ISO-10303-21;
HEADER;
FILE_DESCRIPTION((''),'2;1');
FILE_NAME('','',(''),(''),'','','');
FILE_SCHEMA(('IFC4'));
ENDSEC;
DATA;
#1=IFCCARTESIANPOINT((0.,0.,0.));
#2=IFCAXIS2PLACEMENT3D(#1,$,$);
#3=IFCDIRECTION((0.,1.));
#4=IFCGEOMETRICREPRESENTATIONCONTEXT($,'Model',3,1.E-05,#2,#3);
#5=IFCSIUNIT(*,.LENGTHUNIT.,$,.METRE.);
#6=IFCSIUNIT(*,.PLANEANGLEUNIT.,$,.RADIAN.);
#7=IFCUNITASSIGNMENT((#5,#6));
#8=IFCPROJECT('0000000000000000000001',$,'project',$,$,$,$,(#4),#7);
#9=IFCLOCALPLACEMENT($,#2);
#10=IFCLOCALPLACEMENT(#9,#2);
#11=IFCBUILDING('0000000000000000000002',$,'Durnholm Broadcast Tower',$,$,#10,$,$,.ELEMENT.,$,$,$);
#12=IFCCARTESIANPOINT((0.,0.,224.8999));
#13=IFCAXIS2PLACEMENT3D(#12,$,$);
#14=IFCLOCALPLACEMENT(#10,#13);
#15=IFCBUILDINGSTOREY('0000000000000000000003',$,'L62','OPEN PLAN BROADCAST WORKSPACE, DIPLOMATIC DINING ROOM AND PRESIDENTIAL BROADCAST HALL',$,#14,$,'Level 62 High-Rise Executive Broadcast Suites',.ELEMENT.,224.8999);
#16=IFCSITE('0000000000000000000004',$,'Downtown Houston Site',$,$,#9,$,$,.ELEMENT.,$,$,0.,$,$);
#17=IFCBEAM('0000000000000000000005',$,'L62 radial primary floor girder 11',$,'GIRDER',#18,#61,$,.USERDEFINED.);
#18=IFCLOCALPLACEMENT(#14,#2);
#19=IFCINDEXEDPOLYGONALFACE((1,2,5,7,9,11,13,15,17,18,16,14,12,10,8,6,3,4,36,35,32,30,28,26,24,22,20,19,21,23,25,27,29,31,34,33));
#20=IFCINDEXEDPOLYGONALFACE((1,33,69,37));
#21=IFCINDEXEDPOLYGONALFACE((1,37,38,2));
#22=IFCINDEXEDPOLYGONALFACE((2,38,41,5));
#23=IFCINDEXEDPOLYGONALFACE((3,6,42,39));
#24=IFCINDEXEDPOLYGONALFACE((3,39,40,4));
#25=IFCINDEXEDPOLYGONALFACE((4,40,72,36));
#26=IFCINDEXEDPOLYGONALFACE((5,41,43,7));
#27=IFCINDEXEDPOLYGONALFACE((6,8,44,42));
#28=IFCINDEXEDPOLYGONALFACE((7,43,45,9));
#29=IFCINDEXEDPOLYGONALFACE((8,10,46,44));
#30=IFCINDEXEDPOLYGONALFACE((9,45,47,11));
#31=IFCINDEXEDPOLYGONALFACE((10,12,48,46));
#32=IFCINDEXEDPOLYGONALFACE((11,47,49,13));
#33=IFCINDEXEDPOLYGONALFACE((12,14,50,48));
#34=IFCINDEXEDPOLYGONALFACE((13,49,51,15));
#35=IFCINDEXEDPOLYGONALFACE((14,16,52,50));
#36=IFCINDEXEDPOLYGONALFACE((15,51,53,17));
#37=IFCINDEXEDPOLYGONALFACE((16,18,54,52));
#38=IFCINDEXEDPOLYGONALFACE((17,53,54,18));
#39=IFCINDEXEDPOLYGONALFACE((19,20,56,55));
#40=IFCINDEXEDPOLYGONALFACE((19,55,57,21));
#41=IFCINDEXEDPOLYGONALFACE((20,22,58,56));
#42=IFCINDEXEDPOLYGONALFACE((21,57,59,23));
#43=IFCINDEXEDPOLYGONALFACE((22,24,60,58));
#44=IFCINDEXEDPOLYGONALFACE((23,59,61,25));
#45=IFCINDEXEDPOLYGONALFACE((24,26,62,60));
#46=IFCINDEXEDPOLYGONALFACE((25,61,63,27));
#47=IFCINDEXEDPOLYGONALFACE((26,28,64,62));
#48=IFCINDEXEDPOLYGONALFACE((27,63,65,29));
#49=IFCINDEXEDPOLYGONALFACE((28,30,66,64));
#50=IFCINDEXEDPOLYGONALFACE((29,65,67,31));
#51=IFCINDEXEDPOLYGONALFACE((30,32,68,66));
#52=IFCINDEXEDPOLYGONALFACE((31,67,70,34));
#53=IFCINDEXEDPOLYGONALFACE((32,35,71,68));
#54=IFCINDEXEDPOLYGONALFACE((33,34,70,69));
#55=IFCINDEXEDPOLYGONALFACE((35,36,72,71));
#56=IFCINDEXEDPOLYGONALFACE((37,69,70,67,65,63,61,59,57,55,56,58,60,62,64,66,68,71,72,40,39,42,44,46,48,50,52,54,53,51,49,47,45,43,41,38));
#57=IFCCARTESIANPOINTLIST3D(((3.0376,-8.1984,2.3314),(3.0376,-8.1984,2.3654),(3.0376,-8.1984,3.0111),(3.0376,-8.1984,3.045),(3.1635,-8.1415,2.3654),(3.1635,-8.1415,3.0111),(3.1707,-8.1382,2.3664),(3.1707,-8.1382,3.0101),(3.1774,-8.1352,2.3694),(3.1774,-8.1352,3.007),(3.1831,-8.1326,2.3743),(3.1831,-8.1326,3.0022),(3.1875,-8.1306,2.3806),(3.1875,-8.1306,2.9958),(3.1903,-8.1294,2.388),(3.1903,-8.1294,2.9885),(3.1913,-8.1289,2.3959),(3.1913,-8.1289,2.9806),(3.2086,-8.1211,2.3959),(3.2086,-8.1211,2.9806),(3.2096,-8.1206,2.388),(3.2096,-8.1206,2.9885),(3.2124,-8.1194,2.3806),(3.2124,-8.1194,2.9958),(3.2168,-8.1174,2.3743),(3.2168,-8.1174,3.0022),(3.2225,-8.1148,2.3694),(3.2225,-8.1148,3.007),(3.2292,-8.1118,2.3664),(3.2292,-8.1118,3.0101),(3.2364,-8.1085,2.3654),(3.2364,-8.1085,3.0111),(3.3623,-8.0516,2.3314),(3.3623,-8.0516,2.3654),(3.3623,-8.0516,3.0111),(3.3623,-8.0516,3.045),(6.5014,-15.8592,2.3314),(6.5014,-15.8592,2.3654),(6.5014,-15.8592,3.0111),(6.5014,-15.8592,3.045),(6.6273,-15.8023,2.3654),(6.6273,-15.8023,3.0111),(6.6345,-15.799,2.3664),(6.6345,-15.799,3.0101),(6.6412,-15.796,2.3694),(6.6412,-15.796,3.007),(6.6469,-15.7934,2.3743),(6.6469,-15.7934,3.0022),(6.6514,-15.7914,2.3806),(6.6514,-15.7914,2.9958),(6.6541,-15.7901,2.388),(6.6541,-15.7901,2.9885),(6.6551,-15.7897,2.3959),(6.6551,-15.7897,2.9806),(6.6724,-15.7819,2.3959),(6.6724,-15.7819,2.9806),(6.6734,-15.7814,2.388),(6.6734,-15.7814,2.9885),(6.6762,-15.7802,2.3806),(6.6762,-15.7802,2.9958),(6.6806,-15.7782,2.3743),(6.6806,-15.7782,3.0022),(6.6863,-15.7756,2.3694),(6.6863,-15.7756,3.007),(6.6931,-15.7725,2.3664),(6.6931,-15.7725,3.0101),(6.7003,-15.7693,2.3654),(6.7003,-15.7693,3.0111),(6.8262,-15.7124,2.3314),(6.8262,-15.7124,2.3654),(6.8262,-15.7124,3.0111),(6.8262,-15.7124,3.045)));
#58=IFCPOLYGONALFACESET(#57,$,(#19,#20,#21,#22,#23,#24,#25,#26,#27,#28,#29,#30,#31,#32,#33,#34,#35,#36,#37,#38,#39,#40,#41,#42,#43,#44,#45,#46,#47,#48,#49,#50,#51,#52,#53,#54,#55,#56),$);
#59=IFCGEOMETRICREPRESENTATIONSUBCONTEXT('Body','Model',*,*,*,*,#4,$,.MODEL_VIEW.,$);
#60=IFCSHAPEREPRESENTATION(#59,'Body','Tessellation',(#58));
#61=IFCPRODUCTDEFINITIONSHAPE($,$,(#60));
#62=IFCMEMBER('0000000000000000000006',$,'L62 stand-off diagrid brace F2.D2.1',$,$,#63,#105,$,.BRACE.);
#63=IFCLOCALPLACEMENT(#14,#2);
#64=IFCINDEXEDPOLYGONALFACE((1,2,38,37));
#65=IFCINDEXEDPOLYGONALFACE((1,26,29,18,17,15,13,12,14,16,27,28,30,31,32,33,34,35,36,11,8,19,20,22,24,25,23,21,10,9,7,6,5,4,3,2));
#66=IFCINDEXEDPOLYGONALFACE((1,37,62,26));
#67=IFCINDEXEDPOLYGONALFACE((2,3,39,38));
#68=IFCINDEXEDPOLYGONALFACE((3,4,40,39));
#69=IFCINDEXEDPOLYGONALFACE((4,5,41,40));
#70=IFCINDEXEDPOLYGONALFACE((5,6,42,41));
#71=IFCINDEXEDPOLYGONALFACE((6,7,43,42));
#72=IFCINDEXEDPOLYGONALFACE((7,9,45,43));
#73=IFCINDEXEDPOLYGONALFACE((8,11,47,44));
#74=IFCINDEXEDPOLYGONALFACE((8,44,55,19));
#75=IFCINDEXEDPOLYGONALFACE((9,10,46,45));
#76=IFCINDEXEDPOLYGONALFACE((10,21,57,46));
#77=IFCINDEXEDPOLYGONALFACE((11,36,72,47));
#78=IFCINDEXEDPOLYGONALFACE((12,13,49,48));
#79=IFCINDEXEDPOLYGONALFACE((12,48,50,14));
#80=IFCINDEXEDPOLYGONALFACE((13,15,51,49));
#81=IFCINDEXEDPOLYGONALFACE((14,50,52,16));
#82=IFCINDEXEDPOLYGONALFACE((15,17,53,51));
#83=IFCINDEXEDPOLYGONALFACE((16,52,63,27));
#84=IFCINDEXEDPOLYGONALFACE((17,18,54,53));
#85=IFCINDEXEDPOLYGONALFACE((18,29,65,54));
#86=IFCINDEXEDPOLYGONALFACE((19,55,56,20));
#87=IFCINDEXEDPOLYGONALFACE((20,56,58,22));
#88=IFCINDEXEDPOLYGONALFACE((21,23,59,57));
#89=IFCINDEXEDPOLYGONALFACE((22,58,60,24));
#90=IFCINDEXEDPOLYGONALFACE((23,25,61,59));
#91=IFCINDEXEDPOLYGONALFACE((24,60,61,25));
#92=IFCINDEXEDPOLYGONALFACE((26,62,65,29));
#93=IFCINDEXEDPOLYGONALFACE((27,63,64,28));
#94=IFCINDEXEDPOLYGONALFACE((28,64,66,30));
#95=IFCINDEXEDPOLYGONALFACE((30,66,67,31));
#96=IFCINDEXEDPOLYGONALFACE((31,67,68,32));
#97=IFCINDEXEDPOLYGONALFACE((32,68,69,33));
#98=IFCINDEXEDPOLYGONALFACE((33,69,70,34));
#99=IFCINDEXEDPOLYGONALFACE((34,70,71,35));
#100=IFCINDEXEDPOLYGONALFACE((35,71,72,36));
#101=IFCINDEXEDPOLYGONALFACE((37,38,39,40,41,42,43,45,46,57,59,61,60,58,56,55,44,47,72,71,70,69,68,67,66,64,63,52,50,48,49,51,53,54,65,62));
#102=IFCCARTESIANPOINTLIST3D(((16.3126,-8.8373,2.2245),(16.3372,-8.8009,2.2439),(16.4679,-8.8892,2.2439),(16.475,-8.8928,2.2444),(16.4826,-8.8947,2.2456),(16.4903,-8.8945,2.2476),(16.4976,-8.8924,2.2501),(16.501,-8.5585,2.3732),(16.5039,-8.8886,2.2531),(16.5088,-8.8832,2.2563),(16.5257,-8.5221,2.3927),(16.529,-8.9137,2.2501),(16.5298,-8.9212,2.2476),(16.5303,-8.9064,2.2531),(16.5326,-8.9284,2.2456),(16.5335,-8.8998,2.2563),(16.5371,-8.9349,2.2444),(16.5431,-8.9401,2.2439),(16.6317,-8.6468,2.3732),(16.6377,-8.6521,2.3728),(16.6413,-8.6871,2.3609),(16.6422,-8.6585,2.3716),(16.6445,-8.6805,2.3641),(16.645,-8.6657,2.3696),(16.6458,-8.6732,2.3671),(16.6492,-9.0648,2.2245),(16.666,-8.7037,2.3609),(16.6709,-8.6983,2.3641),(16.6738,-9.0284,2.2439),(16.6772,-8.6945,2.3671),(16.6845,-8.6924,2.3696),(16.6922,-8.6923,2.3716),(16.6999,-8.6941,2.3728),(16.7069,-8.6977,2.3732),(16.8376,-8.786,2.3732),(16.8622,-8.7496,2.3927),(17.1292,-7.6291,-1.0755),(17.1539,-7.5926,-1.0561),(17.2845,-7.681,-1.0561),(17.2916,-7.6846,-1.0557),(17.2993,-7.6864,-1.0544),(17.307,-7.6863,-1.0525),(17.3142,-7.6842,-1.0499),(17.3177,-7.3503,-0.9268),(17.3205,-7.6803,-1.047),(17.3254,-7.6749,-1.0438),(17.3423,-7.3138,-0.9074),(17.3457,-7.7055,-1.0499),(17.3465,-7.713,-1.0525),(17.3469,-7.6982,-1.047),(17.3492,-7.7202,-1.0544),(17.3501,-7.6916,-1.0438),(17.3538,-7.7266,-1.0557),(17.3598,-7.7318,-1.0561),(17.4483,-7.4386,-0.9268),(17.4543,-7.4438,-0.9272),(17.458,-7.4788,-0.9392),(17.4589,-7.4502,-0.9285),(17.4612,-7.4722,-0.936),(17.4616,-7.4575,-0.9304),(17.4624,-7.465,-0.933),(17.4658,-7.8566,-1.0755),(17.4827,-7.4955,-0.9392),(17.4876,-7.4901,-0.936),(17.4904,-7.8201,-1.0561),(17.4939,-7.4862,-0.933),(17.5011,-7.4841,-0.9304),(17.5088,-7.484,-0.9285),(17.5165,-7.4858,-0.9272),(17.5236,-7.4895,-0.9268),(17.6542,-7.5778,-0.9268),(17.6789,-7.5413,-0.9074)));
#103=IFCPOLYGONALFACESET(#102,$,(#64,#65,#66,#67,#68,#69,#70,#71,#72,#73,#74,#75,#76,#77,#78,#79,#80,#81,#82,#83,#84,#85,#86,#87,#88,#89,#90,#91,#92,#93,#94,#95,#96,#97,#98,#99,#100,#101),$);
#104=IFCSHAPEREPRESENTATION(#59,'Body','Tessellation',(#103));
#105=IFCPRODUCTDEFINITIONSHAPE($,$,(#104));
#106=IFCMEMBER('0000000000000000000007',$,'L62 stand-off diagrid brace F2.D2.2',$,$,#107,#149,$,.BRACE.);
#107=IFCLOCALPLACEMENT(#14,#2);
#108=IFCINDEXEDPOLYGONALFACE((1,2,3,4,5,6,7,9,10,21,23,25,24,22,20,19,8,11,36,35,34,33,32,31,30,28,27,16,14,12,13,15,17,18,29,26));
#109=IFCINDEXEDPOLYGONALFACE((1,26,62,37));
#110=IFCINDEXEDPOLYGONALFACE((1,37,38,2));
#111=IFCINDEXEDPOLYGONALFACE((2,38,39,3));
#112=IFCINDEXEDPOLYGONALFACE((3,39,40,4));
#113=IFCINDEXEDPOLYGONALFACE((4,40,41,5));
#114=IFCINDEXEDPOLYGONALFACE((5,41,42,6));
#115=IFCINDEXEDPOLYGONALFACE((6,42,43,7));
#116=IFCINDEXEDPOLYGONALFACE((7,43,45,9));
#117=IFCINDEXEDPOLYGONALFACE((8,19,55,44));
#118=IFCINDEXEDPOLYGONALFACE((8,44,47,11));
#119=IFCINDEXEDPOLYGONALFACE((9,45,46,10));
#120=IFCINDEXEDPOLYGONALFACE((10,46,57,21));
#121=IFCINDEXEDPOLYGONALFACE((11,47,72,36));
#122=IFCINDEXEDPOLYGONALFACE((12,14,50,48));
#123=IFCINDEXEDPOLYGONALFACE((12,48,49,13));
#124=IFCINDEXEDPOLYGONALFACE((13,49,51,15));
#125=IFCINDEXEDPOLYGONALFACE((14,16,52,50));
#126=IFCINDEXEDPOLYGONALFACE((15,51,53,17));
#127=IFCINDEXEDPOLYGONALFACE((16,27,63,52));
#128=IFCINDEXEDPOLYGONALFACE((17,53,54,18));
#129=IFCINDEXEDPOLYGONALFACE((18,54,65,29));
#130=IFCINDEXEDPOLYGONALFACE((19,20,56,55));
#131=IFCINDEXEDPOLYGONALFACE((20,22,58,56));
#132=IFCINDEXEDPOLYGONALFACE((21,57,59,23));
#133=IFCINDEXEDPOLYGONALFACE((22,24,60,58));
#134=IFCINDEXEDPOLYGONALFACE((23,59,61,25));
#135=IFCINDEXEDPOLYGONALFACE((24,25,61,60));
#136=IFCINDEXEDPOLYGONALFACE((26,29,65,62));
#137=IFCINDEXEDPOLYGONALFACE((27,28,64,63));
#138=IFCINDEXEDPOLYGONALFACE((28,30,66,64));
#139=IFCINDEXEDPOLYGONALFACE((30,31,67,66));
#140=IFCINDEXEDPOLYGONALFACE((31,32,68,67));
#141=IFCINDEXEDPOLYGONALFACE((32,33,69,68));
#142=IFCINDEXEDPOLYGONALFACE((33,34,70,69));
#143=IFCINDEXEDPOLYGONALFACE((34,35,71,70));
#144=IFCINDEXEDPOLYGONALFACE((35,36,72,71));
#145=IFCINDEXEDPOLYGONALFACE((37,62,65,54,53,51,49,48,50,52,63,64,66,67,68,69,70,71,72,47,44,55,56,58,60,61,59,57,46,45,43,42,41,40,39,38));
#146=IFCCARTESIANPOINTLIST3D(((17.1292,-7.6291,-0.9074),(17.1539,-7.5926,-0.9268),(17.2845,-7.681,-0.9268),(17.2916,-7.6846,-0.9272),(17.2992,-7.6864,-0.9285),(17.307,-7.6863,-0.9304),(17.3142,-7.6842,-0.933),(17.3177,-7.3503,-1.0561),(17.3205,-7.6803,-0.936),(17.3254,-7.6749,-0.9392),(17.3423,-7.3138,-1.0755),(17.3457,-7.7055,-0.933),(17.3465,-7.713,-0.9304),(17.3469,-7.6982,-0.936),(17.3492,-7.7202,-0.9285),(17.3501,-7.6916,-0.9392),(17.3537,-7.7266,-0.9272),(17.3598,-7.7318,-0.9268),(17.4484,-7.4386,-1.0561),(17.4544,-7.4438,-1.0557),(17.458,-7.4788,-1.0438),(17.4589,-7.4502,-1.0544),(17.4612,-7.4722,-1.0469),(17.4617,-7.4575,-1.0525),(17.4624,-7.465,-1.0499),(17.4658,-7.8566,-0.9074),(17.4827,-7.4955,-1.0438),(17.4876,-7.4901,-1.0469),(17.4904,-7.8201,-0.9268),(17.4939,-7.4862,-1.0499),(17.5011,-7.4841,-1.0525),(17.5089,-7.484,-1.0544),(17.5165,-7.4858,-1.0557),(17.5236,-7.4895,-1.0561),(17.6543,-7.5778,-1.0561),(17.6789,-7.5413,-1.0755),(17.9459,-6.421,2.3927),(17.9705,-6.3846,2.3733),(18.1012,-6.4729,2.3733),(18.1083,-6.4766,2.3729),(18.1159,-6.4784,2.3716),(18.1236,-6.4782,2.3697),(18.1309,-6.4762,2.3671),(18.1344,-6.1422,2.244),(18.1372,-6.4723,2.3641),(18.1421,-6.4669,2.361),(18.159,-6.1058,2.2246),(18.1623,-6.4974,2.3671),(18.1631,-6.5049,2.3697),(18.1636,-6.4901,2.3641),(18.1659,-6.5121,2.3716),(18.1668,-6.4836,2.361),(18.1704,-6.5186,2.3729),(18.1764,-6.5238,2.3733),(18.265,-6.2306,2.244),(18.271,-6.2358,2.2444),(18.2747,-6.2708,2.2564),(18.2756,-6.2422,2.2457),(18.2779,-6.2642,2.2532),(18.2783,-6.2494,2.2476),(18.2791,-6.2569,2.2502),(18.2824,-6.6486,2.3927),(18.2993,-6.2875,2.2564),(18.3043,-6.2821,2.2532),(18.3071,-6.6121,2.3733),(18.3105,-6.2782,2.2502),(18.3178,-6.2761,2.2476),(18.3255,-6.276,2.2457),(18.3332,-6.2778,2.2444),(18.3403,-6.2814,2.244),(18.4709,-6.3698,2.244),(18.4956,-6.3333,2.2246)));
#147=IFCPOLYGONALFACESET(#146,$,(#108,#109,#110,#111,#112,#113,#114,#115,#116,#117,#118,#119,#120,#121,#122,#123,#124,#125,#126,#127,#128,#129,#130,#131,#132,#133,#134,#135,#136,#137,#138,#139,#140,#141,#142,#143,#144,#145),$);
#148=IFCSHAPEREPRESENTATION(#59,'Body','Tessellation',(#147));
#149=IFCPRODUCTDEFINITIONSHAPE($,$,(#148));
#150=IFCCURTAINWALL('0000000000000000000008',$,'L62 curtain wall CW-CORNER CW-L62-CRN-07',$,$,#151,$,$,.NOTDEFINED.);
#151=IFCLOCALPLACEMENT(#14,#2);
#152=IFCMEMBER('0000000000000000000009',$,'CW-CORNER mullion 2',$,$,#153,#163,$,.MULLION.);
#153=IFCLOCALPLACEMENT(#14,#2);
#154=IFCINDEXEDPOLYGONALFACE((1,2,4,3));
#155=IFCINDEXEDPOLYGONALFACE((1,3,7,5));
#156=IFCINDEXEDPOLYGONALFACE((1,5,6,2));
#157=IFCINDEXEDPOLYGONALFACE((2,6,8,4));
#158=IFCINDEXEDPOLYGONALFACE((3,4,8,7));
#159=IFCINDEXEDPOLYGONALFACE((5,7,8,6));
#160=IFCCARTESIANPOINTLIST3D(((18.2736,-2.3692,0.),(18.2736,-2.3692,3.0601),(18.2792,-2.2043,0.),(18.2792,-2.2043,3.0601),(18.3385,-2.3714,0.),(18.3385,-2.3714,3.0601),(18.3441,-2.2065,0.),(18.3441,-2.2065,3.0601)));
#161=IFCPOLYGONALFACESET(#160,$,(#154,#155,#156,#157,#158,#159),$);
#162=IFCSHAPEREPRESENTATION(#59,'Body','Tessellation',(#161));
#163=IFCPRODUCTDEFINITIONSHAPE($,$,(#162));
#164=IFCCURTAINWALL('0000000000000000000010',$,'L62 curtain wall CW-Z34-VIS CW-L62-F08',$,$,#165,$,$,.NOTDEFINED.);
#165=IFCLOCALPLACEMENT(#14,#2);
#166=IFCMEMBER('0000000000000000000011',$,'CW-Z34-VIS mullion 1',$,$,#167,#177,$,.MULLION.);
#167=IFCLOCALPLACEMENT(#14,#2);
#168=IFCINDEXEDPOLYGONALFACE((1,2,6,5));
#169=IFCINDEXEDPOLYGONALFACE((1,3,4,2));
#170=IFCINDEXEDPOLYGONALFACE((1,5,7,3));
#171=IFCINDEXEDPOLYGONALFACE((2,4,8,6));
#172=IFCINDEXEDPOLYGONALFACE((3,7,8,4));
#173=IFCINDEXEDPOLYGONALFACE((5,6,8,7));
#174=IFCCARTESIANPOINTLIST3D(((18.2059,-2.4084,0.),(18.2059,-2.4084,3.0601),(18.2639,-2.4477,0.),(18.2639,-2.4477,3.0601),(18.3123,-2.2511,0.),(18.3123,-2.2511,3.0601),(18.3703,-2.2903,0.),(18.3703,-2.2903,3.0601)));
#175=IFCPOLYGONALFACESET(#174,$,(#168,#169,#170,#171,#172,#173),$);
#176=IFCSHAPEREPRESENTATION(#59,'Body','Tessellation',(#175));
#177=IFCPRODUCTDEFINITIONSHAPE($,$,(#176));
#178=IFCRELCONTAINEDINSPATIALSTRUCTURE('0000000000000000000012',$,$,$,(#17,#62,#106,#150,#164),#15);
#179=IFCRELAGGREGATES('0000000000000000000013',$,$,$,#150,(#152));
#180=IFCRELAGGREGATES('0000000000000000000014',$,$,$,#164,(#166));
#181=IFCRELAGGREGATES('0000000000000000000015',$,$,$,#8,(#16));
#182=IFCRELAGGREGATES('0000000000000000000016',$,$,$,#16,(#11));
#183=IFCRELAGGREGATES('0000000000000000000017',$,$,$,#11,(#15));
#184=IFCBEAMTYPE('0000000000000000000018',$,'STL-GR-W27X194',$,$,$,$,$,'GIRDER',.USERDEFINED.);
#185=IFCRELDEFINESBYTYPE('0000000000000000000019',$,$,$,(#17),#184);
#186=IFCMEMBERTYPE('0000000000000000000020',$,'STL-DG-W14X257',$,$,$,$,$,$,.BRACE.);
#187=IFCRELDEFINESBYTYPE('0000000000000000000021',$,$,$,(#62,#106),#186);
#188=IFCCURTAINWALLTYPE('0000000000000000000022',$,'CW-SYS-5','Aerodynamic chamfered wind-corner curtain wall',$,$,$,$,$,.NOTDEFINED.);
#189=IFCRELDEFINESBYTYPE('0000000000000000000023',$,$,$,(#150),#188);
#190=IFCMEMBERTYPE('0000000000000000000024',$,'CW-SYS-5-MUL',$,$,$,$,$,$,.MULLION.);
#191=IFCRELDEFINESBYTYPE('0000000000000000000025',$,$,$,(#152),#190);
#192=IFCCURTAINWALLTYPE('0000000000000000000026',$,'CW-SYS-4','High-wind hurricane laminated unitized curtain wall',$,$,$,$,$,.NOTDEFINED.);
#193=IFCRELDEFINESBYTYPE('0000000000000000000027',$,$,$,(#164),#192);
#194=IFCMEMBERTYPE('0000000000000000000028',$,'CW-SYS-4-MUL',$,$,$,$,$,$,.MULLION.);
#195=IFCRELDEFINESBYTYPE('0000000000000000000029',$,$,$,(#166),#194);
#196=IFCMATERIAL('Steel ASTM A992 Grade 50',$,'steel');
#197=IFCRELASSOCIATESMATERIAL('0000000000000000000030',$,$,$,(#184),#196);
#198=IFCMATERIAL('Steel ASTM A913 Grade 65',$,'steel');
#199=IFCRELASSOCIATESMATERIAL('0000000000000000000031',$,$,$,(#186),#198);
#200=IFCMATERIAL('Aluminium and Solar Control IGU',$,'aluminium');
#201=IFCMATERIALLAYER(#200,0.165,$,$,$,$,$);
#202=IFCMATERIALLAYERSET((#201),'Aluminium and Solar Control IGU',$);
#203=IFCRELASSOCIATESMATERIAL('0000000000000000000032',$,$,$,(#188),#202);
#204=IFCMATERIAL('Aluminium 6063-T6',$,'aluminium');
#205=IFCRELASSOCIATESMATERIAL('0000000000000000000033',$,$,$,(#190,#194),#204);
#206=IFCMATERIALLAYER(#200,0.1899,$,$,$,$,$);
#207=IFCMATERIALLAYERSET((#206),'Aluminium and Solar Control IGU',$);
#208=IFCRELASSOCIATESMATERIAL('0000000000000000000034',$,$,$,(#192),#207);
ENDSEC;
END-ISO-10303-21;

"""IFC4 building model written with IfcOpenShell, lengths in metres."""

from ifc_helpers import new_model, si_unit, direction, frame, origin, origin_2d, place, context, subcontext, project, spatial, rectangle, i_section, extrude, source, transform, mapped, material, layer, layer_set, material_profile, profile_set, type_object, type_shapes, element, aggregate, save


model = new_model("IFC4")

# Units and contexts
model_context = context("Model", 3, precision=1e-05, world=origin(), true_north=direction((0.0, 1.0)))
body_context = subcontext(model_context, "Body", "Model", "MODEL_VIEW")
ifc_project = project(units=[si_unit("LENGTHUNIT", "METRE"), si_unit("PLANEANGLEUNIT", "RADIAN")], contexts=[model_context])

# Site, building, storey
site_placement = place(None, origin())
site = spatial("IfcSite", under=ifc_project, at=site_placement, Name="Downtown Houston Site", CompositionType="ELEMENT", RefElevation=0.0)
building_placement = place(site_placement, origin())
building = spatial("IfcBuilding", under=site, at=building_placement, Name="Durnholm Broadcast Tower", CompositionType="ELEMENT")
storey_placement = place(building_placement, frame((0.0, 0.0, 224.8999)))
storey = spatial("IfcBuildingStorey", under=building, at=storey_placement, Name="L62", Description="OPEN PLAN BROADCAST WORKSPACE, DIPLOMATIC DINING ROOM AND PRESIDENTIAL BROADCAST HALL", LongName="Level 62 High-Rise Executive Broadcast Suites", CompositionType="ELEMENT", Elevation=224.8999)

# Beam
ifc_material_1 = material(Name="Steel ASTM A992 Grade 50", Category="steel")
ifc_material_profile_1 = material_profile(ifc_material_1, i_section(OverallWidth=0.3564, OverallDepth=0.7136, WebThickness=0.019, FlangeThickness=0.0339, FilletRadius=0.0305, at=origin_2d()), Name="W27X194")
ifc_profile_set_1 = profile_set([ifc_material_profile_1], Name="Steel ASTM A992 Grade 50")
beam_type_1 = type_object("IfcBeamType", Name="STL-GR-W27X194", ElementType="GIRDER", PredefinedType="USERDEFINED", material=ifc_profile_set_1)
shared_shape_1 = source(origin(), body_context, "Body", "SweptSolid", [
    extrude(i_section(OverallWidth=0.3564, OverallDepth=0.7136, WebThickness=0.019, FlangeThickness=0.0339, FilletRadius=0.0305, at=origin_2d()), origin(), (0.0, 0.0, 1.0), 8.4075),
])
beam_1_placement = place(storey_placement, frame((3.2, -8.125, 2.6882), z_axis=(0.411993, -0.911187, 0.0), x_axis=(0.911187, 0.411993, 0.0)))
element("IfcBeam", 1, at=beam_1_placement, inside=storey, type_object=beam_type_1, Name="L62 radial primary floor girder 11", ObjectType="GIRDER", PredefinedType="USERDEFINED", context=body_context, shape_type="MappedRepresentation", body=[
    mapped(shared_shape_1, transform((0.0, 0.0, 0.0), x_axis=(1.0, 0.0, 0.0), y_axis=(0.0, 1.0, 0.0), z_axis=(0.0, 0.0, 1.0), scale=1.0)),
])

# Members
ifc_material_2 = material(Name="Steel ASTM A913 Grade 65", Category="steel")
ifc_material_profile_2 = material_profile(ifc_material_2, i_section(OverallWidth=0.4062, OverallDepth=0.416, WebThickness=0.0298, FlangeThickness=0.0481, FilletRadius=0.0305, at=origin_2d()), Name="W14X257")
ifc_profile_set_2 = profile_set([ifc_material_profile_2], Name="Steel ASTM A913 Grade 65")
member_type_1 = type_object("IfcMemberType", Name="STL-DG-W14X257", PredefinedType="BRACE", material=ifc_profile_set_2)
shared_shape_2 = source(origin(), body_context, "Body", "SweptSolid", [
    extrude(i_section(OverallWidth=0.4062, OverallDepth=0.416, WebThickness=0.0298, FlangeThickness=0.0481, FilletRadius=0.0305, at=origin_2d()), origin(), (0.0, 0.0, 1.0), 3.6079),
])
type_shapes(member_type_1, [shared_shape_2])
for number, where, z_axis, x_axis, name in (
    (2, (17.4041, -7.5852, -0.9915), (-0.226349, -0.334888, 0.914667), (0.828505, -0.559982, 0.0), "L62 stand-off diagrid brace F2.D2.1"),
    (3, (17.4041, -7.5852, -0.9915), (0.226354, 0.334828, 0.914688), (-0.828452, 0.560059, 0.0), "L62 stand-off diagrid brace F2.D2.2"),
):
    element("IfcMember", number, at=place(storey_placement, frame(where, z_axis=z_axis, x_axis=x_axis)), inside=storey, type_object=member_type_1, Name=name, PredefinedType="BRACE", context=body_context, shape_type="MappedRepresentation", body=[
        mapped(shared_shape_2, transform((0.0, 0.0, 0.0), x_axis=(1.0, 0.0, 0.0), y_axis=(0.0, 1.0, 0.0), z_axis=(0.0, 0.0, 1.0), scale=1.0)),
    ])

# Curtain wall, member
ifc_material_3 = material(Name="Aluminium and Solar Control IGU", Category="aluminium")
ifc_layer_1 = layer(ifc_material_3, 0.165)
ifc_layer_set_1 = layer_set([ifc_layer_1], Name="Aluminium and Solar Control IGU")
curtain_wall_type_1 = type_object("IfcCurtainWallType", Name="CW-SYS-5", Description="Aerodynamic chamfered wind-corner curtain wall", PredefinedType="NOTDEFINED", material=ifc_layer_set_1)
curtain_wall_1_placement = place(storey_placement, origin())
curtain_wall_1 = element("IfcCurtainWall", 4, at=curtain_wall_1_placement, inside=storey, type_object=curtain_wall_type_1, Name="L62 curtain wall CW-CORNER CW-L62-CRN-07", PredefinedType="NOTDEFINED")
ifc_material_4 = material(Name="Aluminium 6063-T6", Category="aluminium")
ifc_material_profile_3 = material_profile(ifc_material_4, rectangle(XDim=0.0649, YDim=0.165, at=origin_2d()), Name="CWM65X165")
ifc_profile_set_3 = profile_set([ifc_material_profile_3], Name="Aluminium 6063-T6")
member_type_2 = type_object("IfcMemberType", Name="CW-SYS-5-MUL", PredefinedType="MULLION", material=ifc_profile_set_3)
shared_shape_3 = source(origin(), body_context, "Body", "SweptSolid", [
    extrude(rectangle(XDim=0.0649, YDim=0.165, at=origin_2d()), origin(), (0.0, 0.0, 1.0), 3.0601),
])
type_shapes(member_type_2, [shared_shape_3])
member_1_placement = place(storey_placement, frame((18.3088, -2.2878, 0.0), z_axis=(0.0, 0.0, 1.0), x_axis=(0.999411, -0.034318, 0.0)))
member_1 = element("IfcMember", 5, at=member_1_placement, type_object=member_type_2, Name="CW-CORNER mullion 2", PredefinedType="MULLION", context=body_context, shape_type="MappedRepresentation", body=[
    mapped(shared_shape_3, transform((0.0, 0.0, 0.0), x_axis=(1.0, 0.0, 0.0), y_axis=(0.0, 1.0, 0.0), z_axis=(0.0, 0.0, 1.0), scale=1.0)),
])
aggregate(curtain_wall_1, [member_1])

# Curtain wall, member
ifc_layer_2 = layer(ifc_material_3, 0.1899)
ifc_layer_set_2 = layer_set([ifc_layer_2], Name="Aluminium and Solar Control IGU")
curtain_wall_type_2 = type_object("IfcCurtainWallType", Name="CW-SYS-4", Description="High-wind hurricane laminated unitized curtain wall", PredefinedType="NOTDEFINED", material=ifc_layer_set_2)
curtain_wall_2_placement = place(storey_placement, origin())
curtain_wall_2 = element("IfcCurtainWall", 6, at=curtain_wall_2_placement, inside=storey, type_object=curtain_wall_type_2, Name="L62 curtain wall CW-Z34-VIS CW-L62-F08", PredefinedType="NOTDEFINED")
ifc_material_profile_4 = material_profile(ifc_material_4, rectangle(XDim=0.0701, YDim=0.1899, at=origin_2d()), Name="CWM70X190")
ifc_profile_set_4 = profile_set([ifc_material_profile_4], Name="Aluminium 6063-T6")
member_type_3 = type_object("IfcMemberType", Name="CW-SYS-4-MUL", PredefinedType="MULLION", material=ifc_profile_set_4)
shared_shape_4 = source(origin(), body_context, "Body", "SweptSolid", [
    extrude(rectangle(XDim=0.0701, YDim=0.1899, at=origin_2d()), origin(), (0.0, 0.0, 1.0), 3.0601),
])
type_shapes(member_type_3, [shared_shape_4])
member_2_placement = place(storey_placement, frame((18.2881, -2.3494, 0.0), z_axis=(0.0, 0.0, 1.0), x_axis=(0.828443, -0.560073, 0.0)))
member_2 = element("IfcMember", 7, at=member_2_placement, type_object=member_type_3, Name="CW-Z34-VIS mullion 1", PredefinedType="MULLION", context=body_context, shape_type="MappedRepresentation", body=[
    mapped(shared_shape_4, transform((0.0, 0.0, 0.0), x_axis=(1.0, 0.0, 0.0), y_axis=(0.0, 1.0, 0.0), z_axis=(0.0, 0.0, 1.0), scale=1.0)),
])
aggregate(curtain_wall_2, [member_2])

save(model, "model.ifc")
